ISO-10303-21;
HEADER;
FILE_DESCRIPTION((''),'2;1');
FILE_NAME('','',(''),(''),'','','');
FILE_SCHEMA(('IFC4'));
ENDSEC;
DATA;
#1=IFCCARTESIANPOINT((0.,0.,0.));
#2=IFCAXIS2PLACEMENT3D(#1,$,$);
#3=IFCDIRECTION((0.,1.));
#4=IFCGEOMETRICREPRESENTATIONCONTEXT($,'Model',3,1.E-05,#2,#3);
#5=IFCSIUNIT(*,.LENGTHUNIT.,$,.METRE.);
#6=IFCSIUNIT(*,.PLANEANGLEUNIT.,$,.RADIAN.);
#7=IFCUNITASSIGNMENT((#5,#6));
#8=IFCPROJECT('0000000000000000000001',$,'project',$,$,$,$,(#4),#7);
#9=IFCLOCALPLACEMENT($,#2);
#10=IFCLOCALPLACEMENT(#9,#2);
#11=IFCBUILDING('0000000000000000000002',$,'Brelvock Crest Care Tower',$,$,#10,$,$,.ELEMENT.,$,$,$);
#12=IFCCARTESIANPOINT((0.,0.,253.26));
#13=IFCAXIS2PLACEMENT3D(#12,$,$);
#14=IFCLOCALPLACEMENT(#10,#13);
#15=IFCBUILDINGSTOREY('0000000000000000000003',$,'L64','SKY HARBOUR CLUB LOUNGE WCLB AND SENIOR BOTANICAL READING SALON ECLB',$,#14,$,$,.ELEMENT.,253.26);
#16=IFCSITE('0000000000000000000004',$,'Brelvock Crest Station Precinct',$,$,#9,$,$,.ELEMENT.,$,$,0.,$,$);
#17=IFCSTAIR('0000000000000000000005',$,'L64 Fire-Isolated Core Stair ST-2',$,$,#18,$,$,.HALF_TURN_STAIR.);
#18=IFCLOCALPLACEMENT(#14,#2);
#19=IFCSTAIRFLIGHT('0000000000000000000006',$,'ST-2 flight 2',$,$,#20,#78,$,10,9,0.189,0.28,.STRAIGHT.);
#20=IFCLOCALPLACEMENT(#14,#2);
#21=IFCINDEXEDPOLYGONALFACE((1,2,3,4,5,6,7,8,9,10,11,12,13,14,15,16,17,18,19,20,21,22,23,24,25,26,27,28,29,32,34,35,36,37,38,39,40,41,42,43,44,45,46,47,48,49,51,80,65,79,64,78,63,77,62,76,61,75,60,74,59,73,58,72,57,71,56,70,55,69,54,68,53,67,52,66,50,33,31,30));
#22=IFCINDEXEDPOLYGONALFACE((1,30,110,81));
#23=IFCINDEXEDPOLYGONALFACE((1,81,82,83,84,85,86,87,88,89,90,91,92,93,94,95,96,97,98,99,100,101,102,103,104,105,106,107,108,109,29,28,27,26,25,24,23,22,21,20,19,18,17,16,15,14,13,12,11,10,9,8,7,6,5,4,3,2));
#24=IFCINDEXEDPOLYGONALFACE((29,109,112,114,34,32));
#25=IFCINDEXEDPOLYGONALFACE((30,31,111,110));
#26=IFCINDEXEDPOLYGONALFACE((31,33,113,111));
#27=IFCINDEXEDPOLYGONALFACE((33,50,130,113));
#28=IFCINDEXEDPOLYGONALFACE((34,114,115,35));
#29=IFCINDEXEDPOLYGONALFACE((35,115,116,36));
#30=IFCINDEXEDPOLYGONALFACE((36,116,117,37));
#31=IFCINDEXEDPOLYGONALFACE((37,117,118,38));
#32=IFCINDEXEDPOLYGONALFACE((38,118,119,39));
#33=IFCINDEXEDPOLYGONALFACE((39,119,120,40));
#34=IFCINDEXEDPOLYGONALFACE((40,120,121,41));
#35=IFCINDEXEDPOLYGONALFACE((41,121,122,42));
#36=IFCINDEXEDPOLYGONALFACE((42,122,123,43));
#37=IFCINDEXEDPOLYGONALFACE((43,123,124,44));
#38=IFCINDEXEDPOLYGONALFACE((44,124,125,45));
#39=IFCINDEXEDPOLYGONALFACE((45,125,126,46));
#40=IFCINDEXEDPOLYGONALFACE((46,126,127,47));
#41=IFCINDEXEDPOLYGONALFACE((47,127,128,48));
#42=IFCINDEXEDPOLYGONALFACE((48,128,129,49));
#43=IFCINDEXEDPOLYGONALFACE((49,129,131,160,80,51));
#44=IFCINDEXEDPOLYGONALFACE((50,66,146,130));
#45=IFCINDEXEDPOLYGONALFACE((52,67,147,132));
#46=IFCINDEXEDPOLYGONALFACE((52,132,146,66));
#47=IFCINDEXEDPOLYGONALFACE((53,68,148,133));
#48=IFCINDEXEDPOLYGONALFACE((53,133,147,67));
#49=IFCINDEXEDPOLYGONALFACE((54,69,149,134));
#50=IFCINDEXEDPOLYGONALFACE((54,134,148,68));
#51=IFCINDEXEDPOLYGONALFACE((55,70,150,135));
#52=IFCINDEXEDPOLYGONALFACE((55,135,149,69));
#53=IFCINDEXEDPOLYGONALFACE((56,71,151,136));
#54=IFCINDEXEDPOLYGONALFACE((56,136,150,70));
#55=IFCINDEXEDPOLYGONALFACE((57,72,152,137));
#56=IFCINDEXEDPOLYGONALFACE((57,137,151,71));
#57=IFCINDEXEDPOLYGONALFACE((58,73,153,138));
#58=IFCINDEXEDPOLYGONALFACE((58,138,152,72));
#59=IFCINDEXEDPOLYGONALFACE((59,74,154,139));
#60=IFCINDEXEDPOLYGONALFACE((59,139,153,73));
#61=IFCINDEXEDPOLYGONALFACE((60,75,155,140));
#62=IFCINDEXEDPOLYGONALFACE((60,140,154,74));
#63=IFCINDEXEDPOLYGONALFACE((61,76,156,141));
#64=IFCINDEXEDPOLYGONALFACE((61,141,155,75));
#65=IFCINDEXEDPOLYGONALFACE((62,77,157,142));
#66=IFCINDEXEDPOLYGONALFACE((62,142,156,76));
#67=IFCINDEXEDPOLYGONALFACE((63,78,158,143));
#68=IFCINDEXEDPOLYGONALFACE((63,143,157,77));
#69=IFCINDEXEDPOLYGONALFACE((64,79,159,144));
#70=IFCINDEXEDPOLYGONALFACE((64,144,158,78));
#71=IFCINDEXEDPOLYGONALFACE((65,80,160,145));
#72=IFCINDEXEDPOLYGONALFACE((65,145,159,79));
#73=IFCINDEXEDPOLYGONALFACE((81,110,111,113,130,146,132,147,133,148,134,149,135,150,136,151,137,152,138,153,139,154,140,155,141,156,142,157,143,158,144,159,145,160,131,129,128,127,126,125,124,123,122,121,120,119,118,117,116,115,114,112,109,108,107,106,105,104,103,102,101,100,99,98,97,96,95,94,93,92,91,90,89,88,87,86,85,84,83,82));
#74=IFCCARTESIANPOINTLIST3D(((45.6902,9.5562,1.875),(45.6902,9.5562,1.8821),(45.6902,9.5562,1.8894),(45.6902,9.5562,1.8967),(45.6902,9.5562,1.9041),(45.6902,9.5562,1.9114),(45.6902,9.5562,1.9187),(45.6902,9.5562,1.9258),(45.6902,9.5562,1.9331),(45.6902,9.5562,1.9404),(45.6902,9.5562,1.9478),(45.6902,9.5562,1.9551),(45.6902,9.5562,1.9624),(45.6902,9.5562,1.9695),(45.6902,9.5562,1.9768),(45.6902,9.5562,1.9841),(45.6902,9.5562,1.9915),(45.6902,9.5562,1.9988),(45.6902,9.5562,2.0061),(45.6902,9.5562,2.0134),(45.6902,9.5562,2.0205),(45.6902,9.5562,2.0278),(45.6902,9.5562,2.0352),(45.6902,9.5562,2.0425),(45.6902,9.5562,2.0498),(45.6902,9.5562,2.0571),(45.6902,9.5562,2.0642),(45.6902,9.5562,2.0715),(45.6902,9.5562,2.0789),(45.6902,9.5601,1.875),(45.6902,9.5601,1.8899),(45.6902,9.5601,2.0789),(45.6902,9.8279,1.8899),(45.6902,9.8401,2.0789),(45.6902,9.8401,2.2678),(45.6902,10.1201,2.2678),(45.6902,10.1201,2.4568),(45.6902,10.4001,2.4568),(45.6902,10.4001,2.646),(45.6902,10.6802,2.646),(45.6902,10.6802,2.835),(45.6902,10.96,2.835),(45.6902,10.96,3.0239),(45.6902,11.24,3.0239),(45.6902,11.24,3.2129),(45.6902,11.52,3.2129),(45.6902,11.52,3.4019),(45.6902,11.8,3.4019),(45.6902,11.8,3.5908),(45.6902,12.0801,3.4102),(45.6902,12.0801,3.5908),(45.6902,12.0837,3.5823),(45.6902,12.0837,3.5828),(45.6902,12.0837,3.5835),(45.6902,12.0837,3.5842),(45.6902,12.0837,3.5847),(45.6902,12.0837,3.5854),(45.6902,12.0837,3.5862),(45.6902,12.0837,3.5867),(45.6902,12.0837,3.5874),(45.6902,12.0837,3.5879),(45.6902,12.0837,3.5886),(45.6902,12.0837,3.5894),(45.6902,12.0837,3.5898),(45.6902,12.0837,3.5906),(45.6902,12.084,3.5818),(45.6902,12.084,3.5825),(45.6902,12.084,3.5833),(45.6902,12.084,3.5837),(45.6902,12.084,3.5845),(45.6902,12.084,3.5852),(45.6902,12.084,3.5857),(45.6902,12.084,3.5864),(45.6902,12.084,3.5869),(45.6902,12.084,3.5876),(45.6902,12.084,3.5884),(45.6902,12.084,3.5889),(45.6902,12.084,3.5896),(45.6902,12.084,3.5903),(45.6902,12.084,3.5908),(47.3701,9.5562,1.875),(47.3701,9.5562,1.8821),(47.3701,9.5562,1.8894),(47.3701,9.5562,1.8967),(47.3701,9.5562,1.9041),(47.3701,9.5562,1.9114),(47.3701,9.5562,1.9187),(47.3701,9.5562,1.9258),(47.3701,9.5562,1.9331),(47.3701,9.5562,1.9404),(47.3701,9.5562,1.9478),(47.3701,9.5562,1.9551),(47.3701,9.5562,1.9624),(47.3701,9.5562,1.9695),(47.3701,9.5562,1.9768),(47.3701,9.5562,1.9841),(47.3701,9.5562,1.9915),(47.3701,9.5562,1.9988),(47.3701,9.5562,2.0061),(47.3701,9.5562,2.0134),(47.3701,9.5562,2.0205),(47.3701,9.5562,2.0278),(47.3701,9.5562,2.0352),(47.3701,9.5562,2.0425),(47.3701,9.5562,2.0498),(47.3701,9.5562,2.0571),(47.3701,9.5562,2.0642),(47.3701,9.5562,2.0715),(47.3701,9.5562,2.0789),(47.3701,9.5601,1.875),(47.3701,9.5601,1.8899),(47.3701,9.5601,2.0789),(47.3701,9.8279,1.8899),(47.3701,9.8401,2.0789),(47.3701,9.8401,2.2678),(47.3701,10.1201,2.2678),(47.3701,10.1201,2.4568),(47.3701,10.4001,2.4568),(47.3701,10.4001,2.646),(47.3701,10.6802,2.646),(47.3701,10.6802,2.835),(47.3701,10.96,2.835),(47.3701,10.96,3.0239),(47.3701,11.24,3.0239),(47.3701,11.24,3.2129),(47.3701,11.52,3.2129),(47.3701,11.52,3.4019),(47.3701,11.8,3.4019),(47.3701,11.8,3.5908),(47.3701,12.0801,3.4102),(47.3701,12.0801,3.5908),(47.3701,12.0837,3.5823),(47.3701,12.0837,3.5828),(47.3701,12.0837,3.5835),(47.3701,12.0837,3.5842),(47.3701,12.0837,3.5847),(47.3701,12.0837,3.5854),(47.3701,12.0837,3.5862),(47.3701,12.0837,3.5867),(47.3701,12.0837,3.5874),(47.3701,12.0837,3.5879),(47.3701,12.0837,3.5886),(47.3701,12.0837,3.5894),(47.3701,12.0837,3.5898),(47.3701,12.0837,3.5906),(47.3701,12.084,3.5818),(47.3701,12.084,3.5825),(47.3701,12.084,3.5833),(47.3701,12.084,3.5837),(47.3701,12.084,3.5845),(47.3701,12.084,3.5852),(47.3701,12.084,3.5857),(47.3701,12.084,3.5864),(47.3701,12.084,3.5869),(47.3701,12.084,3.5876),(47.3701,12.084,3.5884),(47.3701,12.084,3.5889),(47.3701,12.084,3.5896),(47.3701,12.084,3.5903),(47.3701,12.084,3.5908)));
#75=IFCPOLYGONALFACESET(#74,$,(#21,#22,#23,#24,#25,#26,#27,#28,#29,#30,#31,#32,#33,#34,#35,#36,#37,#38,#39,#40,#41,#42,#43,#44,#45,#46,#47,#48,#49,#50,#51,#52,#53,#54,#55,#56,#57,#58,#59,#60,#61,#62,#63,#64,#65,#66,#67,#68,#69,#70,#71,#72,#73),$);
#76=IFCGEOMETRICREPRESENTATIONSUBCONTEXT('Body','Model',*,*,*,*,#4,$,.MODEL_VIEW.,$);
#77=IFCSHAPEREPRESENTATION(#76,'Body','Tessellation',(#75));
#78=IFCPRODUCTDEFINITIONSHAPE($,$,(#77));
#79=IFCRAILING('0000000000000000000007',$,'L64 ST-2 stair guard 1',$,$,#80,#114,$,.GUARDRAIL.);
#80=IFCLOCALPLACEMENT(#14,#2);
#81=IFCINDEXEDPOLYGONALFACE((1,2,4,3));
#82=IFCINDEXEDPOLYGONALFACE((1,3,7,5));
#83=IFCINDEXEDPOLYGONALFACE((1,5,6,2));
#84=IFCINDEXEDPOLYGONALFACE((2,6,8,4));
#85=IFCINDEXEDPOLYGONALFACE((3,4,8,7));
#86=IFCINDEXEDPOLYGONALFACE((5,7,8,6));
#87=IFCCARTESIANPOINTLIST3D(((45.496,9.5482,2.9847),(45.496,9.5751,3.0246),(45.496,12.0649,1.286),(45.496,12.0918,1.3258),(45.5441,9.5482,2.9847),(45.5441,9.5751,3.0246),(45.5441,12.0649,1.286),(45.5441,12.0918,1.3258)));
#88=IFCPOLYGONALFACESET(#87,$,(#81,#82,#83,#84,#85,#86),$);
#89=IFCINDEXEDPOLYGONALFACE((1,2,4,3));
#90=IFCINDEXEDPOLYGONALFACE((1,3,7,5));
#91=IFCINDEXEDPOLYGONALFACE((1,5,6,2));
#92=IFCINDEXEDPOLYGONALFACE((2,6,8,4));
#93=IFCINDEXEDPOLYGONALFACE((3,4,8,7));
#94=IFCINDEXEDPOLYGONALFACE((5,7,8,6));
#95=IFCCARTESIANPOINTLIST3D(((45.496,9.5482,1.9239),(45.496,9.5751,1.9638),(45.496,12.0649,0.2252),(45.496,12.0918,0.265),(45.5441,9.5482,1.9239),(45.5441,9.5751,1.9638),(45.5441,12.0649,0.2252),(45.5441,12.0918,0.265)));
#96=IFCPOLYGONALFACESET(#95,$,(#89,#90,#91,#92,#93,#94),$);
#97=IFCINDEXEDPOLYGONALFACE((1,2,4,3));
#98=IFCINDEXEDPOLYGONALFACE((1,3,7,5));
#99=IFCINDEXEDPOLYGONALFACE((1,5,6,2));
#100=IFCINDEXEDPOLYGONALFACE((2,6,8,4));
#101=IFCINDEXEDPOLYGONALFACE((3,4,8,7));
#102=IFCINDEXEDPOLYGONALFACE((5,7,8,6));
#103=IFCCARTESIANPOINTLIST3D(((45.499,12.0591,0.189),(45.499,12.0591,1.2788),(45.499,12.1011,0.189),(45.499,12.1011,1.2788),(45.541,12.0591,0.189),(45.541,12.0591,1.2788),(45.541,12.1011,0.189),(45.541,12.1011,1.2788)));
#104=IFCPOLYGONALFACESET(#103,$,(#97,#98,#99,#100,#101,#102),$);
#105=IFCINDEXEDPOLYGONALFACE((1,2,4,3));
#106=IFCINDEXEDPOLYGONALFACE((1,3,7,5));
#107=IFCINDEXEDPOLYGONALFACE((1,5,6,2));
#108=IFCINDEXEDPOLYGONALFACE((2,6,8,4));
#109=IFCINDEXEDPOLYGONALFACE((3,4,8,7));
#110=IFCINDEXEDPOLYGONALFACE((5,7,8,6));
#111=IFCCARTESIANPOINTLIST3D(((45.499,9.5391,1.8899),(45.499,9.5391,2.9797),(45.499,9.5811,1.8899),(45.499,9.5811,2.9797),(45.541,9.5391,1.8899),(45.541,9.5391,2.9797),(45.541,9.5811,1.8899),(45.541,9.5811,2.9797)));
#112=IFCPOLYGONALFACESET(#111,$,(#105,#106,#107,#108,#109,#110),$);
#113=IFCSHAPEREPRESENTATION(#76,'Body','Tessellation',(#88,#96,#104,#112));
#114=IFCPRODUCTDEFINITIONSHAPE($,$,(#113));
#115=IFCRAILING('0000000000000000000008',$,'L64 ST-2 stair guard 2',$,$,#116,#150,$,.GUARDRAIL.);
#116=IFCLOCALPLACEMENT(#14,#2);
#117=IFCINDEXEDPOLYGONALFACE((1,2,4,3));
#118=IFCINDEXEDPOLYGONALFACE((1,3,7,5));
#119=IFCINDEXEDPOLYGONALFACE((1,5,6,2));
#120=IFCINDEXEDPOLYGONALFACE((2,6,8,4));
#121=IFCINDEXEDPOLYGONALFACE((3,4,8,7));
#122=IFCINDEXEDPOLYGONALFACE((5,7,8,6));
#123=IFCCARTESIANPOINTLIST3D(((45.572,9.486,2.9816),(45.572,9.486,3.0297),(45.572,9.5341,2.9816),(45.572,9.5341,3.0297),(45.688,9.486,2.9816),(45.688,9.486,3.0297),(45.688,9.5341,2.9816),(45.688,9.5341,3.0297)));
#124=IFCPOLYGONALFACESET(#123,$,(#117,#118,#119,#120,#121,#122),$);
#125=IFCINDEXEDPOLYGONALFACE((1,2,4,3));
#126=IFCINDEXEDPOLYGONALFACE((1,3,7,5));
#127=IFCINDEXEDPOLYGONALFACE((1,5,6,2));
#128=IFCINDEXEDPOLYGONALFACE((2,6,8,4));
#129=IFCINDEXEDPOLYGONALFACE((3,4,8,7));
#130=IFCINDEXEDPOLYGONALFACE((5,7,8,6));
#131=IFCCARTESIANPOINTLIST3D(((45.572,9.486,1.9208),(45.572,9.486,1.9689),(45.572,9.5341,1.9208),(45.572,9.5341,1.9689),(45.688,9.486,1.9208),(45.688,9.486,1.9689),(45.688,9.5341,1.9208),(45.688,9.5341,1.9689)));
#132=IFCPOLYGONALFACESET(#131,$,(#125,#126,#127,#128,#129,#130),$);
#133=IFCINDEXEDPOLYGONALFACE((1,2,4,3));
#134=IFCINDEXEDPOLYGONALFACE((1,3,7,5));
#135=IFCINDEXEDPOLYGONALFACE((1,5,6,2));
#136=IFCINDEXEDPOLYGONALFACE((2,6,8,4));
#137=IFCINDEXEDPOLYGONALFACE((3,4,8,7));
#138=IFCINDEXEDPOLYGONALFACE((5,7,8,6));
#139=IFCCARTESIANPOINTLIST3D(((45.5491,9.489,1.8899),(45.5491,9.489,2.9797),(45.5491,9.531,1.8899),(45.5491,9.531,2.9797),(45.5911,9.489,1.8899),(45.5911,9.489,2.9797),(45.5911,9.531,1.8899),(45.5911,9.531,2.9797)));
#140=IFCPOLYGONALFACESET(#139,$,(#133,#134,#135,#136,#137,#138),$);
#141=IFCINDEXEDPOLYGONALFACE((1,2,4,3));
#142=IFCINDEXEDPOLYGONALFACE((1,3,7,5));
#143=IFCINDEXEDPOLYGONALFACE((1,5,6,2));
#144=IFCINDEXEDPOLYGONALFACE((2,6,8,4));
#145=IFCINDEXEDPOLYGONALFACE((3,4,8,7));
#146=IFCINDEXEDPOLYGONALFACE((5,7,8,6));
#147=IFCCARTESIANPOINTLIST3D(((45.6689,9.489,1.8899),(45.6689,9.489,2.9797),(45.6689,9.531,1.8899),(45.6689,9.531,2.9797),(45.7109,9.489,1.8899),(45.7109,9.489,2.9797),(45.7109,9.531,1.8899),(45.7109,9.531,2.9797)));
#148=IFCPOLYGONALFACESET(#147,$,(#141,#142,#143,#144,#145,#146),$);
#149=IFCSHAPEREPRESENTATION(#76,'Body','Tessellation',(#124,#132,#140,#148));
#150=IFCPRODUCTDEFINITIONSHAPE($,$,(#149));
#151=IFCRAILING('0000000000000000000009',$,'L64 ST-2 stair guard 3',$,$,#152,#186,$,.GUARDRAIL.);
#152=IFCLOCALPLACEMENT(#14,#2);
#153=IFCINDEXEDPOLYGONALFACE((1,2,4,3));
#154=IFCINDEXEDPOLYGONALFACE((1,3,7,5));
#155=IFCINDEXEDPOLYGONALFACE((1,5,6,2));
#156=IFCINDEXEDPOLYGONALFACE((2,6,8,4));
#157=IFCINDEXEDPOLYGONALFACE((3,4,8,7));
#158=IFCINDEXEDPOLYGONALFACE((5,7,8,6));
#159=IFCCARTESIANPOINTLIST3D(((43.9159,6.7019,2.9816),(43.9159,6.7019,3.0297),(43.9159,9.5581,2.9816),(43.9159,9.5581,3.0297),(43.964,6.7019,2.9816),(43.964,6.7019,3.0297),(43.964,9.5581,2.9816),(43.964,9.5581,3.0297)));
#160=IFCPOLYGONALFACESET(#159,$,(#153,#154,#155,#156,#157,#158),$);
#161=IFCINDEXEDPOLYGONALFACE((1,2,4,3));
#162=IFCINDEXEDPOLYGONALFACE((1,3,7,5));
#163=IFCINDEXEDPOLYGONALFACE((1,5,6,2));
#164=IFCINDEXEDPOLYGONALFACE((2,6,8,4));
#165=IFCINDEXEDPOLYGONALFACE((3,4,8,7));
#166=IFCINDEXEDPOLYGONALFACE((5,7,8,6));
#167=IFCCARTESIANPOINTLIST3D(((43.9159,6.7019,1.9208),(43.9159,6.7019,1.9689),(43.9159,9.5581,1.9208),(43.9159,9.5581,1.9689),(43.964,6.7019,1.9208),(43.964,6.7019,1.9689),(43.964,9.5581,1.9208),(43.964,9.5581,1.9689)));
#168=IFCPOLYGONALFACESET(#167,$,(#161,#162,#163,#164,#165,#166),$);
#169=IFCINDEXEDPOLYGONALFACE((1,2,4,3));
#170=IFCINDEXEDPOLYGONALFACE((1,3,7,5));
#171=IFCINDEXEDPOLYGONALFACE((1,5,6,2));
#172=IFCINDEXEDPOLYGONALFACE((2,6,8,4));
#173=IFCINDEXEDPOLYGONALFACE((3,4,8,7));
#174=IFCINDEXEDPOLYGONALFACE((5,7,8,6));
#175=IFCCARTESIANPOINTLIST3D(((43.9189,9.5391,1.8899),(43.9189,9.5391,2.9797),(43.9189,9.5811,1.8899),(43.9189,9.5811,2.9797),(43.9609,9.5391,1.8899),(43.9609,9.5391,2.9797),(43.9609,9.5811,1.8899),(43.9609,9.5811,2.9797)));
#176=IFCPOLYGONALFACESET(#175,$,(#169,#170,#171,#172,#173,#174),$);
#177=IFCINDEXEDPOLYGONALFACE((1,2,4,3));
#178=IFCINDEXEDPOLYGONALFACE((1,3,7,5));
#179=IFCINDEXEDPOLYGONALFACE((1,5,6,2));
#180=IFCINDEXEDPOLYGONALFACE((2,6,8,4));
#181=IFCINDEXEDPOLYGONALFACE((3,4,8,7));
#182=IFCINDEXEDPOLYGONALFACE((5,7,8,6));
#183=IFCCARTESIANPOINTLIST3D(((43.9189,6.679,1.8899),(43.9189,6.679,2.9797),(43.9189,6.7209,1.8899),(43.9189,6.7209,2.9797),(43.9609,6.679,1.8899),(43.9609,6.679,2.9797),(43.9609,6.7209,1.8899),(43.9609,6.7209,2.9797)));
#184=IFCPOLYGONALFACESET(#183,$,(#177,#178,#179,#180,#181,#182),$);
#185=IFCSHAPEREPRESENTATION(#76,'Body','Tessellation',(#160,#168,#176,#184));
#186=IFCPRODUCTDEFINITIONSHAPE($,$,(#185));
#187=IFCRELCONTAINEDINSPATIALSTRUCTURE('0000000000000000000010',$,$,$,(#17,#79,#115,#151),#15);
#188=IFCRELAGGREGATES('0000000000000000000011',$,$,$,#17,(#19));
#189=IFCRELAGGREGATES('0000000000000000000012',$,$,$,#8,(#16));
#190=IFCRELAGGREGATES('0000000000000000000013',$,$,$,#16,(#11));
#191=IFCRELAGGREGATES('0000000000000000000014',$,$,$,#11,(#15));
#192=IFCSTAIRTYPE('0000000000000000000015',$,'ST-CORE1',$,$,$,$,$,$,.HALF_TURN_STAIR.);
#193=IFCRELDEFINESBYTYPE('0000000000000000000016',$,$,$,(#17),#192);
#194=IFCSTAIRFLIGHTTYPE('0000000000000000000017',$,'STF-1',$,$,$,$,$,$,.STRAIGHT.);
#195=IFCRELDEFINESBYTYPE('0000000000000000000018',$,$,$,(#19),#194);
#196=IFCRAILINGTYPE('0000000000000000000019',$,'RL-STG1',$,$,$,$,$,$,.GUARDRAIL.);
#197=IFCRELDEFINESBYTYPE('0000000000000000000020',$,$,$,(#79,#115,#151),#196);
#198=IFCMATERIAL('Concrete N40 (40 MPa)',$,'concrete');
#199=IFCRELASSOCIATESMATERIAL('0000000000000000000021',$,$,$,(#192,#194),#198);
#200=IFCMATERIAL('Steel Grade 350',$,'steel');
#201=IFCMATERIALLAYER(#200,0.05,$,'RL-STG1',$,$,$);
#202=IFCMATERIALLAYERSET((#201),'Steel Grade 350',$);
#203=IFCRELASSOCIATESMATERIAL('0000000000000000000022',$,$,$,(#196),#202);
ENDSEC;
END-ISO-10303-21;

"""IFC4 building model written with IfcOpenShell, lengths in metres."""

from ifc_helpers import new_model, si_unit, direction, frame, origin, origin_2d, place, context, subcontext, project, spatial, polyline, rectangle, outline, extrude, material, layer, layer_set, type_object, element, aggregate, save


model = new_model("IFC4")

# Units and contexts
model_context = context("Model", 3, precision=1e-05, world=origin(), true_north=direction((0.0, 1.0)))
body_context = subcontext(model_context, "Body", "Model", "MODEL_VIEW")
ifc_project = project(units=[si_unit("LENGTHUNIT", "METRE"), si_unit("PLANEANGLEUNIT", "RADIAN")], contexts=[model_context])

# Site, building, storey
site_placement = place(None, origin())
site = spatial("IfcSite", under=ifc_project, at=site_placement, Name="Brelvock Crest Station Precinct", CompositionType="ELEMENT", RefElevation=0.0)
building_placement = place(site_placement, origin())
building = spatial("IfcBuilding", under=site, at=building_placement, Name="Brelvock Crest Care Tower", CompositionType="ELEMENT")
storey_placement = place(building_placement, frame((0.0, 0.0, 253.26)))
storey = spatial("IfcBuildingStorey", under=building, at=storey_placement, Name="L64", Description="SKY HARBOUR CLUB LOUNGE WCLB AND SENIOR BOTANICAL READING SALON ECLB", CompositionType="ELEMENT", Elevation=253.26)

# Shared definitions
ifc_material_1 = material(Name="Steel Grade 350", Category="steel")

# Stair, stair flight
ifc_material_2 = material(Name="Concrete N40 (40 MPa)", Category="concrete")
stair_type = type_object("IfcStairType", Name="ST-CORE1", PredefinedType="HALF_TURN_STAIR", material=ifc_material_2)
stair_placement = place(storey_placement, origin())
stair = element("IfcStair", 1, at=stair_placement, inside=storey, type_object=stair_type, Name="L64 Fire-Isolated Core Stair ST-2", PredefinedType="HALF_TURN_STAIR")
stair_flight_type = type_object("IfcStairFlightType", Name="STF-1", PredefinedType="STRAIGHT", material=ifc_material_2)
stair_flight_1_placement = place(storey_placement, frame((46.53, 9.5601, 1.8899), z_axis=(0.0, 0.0, 1.0), x_axis=(0.0, 1.0, 0.0)))
stair_flight_1 = element("IfcStairFlight", 2, at=stair_flight_1_placement, type_object=stair_flight_type, Name="ST-2 flight 2", NumberOfRisers=10, NumberOfTreads=9, PredefinedType="STRAIGHT", RiserHeight=0.189, TreadLength=0.28, context=body_context, shape_type="SweptSolid", body=[
    extrude(outline(polyline([(-0.0039, -0.0149), (-0.0039, -0.0078), (-0.0039, -0.0005), (-0.0039, 0.0068), (-0.0039, 0.0142), (-0.0039, 0.0215), (-0.0039, 0.0288), (-0.0039, 0.0359), (-0.0039, 0.0432), (-0.0039, 0.0505), (-0.0039, 0.0579), (-0.0039, 0.0652), (-0.0039, 0.0725), (-0.0039, 0.0796), (-0.0039, 0.0869), (-0.0039, 0.0942), (-0.0039, 0.1016), (-0.0039, 0.1089), (-0.0039, 0.1162), (-0.0039, 0.1235), (-0.0039, 0.1306), (-0.0039, 0.1379), (-0.0039, 0.1453), (-0.0039, 0.1526), (-0.0039, 0.1599), (-0.0039, 0.1672), (-0.0039, 0.1743), (-0.0039, 0.1816), (-0.0039, 0.189), (0.0, 0.189), (0.28, 0.189), (0.28, 0.3779), (0.5601, 0.3779), (0.5601, 0.5669), (0.8401, 0.5669), (0.8401, 0.7561), (1.1201, 0.7561), (1.1201, 0.9451), (1.3999, 0.9451), (1.3999, 1.134), (1.6799, 1.134), (1.6799, 1.323), (1.96, 1.323), (1.96, 1.512), (2.24, 1.512), (2.24, 1.7009), (2.52, 1.7009), (2.5239, 1.7009), (2.5237, 1.7007), (2.5239, 1.7004), (2.5237, 1.7), (2.5239, 1.6997), (2.5237, 1.6995), (2.5239, 1.699), (2.5237, 1.6987), (2.5239, 1.6985), (2.5237, 1.698), (2.5239, 1.6978), (2.5237, 1.6975), (2.5239, 1.697), (2.5237, 1.6968), (2.5239, 1.6965), (2.5237, 1.6963), (2.5239, 1.6958), (2.5237, 1.6956), (2.5239, 1.6953), (2.5237, 1.6948), (2.5239, 1.6946), (2.5237, 1.6943), (2.5239, 1.6938), (2.5237, 1.6936), (2.5239, 1.6934), (2.5237, 1.6929), (2.5239, 1.6926), (2.5237, 1.6924), (2.5239, 1.6919), (2.52, 1.5203), (0.2678, 0.0), (0.0, 0.0), (0.0, -0.0149), (-0.0039, -0.0149)])), frame((0.0, 0.8398, 0.0), z_axis=(0.0, -1.0, 0.0), x_axis=(1.0, 0.0, 0.0)), (0.0, 0.0, 1.0), 1.6799),
])
aggregate(stair, [stair_flight_1])

# Railings
ifc_layer_1 = layer(ifc_material_1, 0.05, Name="RL-STG1")
ifc_layer_set_1 = layer_set([ifc_layer_1], Name="Steel Grade 350")
railing_type_1 = type_object("IfcRailingType", Name="RL-STG1", PredefinedType="GUARDRAIL", material=ifc_layer_set_1)
railing_1_placement = place(storey_placement, frame((45.52, 12.0801, 0.189)))
element("IfcRailing", 3, at=railing_1_placement, inside=storey, type_object=railing_type_1, Name="L64 ST-2 stair guard 1", PredefinedType="GUARDRAIL", context=body_context, shape_type="SweptSolid", body=[
    extrude(rectangle(XDim=0.0481, YDim=0.0481, at=origin_2d()), frame((0.0, -0.0017, 1.1169), z_axis=(0.0, -0.828862, 0.559454), x_axis=(1.0, 0.0, 0.0)), (0.0, 0.0, 1.0), 3.0364),
    extrude(rectangle(XDim=0.0481, YDim=0.0481, at=origin_2d()), frame((0.0, -0.0017, 0.0562), z_axis=(0.0, -0.828862, 0.559454), x_axis=(1.0, 0.0, 0.0)), (0.0, 0.0, 1.0), 3.0364),
    extrude(rectangle(XDim=0.042, YDim=0.042, at=origin_2d()), origin(), (0.0, 0.0, 1.0), 1.0898),
    extrude(rectangle(XDim=0.042, YDim=0.042, at=origin_2d()), frame((0.0, -2.52, 1.7009)), (0.0, 0.0, 1.0), 1.0898),
])
railing_2_placement = place(storey_placement, frame((45.5701, 9.51, 1.8899)))
element("IfcRailing", 4, at=railing_2_placement, inside=storey, type_object=railing_type_1, Name="L64 ST-2 stair guard 2", PredefinedType="GUARDRAIL", context=body_context, shape_type="SweptSolid", body=[
    extrude(rectangle(XDim=0.0481, YDim=0.0481, at=origin_2d()), frame((0.002, 0.0, 1.1157), z_axis=(1.0, 0.0, 0.0), x_axis=(0.0, 1.0, 0.0)), (0.0, 0.0, 1.0), 0.116),
    extrude(rectangle(XDim=0.0481, YDim=0.0481, at=origin_2d()), frame((0.002, 0.0, 0.0549), z_axis=(1.0, 0.0, 0.0), x_axis=(0.0, 1.0, 0.0)), (0.0, 0.0, 1.0), 0.116),
    extrude(rectangle(XDim=0.042, YDim=0.042, at=origin_2d()), origin(), (0.0, 0.0, 1.0), 1.0898),
    extrude(rectangle(XDim=0.042, YDim=0.042, at=origin_2d()), frame((0.1199, 0.0, 0.0)), (0.0, 0.0, 1.0), 1.0898),
])
for number, where, name in (
    (5, (43.9399, 9.5601, 1.8899), "L64 ST-2 stair guard 3"),
):
    element("IfcRailing", number, at=place(storey_placement, frame(where)), inside=storey, type_object=railing_type_1, Name=name, PredefinedType="GUARDRAIL", context=body_context, shape_type="SweptSolid", body=[
        extrude(rectangle(XDim=0.0481, YDim=0.0481, at=origin_2d()), frame((0.0, -0.002, 1.1157), z_axis=(0.0, -1.0, 0.0), x_axis=(1.0, 0.0, 0.0)), (0.0, 0.0, 1.0), 2.8562),
        extrude(rectangle(XDim=0.0481, YDim=0.0481, at=origin_2d()), frame((0.0, -0.002, 0.0549), z_axis=(0.0, -1.0, 0.0), x_axis=(1.0, 0.0, 0.0)), (0.0, 0.0, 1.0), 2.8562),
        extrude(rectangle(XDim=0.042, YDim=0.042, at=origin_2d()), origin(), (0.0, 0.0, 1.0), 1.0898),
        extrude(rectangle(XDim=0.042, YDim=0.042, at=origin_2d()), frame((0.0, -2.8601, 0.0)), (0.0, 0.0, 1.0), 1.0898),
    ])

save(model, "model.ifc")
